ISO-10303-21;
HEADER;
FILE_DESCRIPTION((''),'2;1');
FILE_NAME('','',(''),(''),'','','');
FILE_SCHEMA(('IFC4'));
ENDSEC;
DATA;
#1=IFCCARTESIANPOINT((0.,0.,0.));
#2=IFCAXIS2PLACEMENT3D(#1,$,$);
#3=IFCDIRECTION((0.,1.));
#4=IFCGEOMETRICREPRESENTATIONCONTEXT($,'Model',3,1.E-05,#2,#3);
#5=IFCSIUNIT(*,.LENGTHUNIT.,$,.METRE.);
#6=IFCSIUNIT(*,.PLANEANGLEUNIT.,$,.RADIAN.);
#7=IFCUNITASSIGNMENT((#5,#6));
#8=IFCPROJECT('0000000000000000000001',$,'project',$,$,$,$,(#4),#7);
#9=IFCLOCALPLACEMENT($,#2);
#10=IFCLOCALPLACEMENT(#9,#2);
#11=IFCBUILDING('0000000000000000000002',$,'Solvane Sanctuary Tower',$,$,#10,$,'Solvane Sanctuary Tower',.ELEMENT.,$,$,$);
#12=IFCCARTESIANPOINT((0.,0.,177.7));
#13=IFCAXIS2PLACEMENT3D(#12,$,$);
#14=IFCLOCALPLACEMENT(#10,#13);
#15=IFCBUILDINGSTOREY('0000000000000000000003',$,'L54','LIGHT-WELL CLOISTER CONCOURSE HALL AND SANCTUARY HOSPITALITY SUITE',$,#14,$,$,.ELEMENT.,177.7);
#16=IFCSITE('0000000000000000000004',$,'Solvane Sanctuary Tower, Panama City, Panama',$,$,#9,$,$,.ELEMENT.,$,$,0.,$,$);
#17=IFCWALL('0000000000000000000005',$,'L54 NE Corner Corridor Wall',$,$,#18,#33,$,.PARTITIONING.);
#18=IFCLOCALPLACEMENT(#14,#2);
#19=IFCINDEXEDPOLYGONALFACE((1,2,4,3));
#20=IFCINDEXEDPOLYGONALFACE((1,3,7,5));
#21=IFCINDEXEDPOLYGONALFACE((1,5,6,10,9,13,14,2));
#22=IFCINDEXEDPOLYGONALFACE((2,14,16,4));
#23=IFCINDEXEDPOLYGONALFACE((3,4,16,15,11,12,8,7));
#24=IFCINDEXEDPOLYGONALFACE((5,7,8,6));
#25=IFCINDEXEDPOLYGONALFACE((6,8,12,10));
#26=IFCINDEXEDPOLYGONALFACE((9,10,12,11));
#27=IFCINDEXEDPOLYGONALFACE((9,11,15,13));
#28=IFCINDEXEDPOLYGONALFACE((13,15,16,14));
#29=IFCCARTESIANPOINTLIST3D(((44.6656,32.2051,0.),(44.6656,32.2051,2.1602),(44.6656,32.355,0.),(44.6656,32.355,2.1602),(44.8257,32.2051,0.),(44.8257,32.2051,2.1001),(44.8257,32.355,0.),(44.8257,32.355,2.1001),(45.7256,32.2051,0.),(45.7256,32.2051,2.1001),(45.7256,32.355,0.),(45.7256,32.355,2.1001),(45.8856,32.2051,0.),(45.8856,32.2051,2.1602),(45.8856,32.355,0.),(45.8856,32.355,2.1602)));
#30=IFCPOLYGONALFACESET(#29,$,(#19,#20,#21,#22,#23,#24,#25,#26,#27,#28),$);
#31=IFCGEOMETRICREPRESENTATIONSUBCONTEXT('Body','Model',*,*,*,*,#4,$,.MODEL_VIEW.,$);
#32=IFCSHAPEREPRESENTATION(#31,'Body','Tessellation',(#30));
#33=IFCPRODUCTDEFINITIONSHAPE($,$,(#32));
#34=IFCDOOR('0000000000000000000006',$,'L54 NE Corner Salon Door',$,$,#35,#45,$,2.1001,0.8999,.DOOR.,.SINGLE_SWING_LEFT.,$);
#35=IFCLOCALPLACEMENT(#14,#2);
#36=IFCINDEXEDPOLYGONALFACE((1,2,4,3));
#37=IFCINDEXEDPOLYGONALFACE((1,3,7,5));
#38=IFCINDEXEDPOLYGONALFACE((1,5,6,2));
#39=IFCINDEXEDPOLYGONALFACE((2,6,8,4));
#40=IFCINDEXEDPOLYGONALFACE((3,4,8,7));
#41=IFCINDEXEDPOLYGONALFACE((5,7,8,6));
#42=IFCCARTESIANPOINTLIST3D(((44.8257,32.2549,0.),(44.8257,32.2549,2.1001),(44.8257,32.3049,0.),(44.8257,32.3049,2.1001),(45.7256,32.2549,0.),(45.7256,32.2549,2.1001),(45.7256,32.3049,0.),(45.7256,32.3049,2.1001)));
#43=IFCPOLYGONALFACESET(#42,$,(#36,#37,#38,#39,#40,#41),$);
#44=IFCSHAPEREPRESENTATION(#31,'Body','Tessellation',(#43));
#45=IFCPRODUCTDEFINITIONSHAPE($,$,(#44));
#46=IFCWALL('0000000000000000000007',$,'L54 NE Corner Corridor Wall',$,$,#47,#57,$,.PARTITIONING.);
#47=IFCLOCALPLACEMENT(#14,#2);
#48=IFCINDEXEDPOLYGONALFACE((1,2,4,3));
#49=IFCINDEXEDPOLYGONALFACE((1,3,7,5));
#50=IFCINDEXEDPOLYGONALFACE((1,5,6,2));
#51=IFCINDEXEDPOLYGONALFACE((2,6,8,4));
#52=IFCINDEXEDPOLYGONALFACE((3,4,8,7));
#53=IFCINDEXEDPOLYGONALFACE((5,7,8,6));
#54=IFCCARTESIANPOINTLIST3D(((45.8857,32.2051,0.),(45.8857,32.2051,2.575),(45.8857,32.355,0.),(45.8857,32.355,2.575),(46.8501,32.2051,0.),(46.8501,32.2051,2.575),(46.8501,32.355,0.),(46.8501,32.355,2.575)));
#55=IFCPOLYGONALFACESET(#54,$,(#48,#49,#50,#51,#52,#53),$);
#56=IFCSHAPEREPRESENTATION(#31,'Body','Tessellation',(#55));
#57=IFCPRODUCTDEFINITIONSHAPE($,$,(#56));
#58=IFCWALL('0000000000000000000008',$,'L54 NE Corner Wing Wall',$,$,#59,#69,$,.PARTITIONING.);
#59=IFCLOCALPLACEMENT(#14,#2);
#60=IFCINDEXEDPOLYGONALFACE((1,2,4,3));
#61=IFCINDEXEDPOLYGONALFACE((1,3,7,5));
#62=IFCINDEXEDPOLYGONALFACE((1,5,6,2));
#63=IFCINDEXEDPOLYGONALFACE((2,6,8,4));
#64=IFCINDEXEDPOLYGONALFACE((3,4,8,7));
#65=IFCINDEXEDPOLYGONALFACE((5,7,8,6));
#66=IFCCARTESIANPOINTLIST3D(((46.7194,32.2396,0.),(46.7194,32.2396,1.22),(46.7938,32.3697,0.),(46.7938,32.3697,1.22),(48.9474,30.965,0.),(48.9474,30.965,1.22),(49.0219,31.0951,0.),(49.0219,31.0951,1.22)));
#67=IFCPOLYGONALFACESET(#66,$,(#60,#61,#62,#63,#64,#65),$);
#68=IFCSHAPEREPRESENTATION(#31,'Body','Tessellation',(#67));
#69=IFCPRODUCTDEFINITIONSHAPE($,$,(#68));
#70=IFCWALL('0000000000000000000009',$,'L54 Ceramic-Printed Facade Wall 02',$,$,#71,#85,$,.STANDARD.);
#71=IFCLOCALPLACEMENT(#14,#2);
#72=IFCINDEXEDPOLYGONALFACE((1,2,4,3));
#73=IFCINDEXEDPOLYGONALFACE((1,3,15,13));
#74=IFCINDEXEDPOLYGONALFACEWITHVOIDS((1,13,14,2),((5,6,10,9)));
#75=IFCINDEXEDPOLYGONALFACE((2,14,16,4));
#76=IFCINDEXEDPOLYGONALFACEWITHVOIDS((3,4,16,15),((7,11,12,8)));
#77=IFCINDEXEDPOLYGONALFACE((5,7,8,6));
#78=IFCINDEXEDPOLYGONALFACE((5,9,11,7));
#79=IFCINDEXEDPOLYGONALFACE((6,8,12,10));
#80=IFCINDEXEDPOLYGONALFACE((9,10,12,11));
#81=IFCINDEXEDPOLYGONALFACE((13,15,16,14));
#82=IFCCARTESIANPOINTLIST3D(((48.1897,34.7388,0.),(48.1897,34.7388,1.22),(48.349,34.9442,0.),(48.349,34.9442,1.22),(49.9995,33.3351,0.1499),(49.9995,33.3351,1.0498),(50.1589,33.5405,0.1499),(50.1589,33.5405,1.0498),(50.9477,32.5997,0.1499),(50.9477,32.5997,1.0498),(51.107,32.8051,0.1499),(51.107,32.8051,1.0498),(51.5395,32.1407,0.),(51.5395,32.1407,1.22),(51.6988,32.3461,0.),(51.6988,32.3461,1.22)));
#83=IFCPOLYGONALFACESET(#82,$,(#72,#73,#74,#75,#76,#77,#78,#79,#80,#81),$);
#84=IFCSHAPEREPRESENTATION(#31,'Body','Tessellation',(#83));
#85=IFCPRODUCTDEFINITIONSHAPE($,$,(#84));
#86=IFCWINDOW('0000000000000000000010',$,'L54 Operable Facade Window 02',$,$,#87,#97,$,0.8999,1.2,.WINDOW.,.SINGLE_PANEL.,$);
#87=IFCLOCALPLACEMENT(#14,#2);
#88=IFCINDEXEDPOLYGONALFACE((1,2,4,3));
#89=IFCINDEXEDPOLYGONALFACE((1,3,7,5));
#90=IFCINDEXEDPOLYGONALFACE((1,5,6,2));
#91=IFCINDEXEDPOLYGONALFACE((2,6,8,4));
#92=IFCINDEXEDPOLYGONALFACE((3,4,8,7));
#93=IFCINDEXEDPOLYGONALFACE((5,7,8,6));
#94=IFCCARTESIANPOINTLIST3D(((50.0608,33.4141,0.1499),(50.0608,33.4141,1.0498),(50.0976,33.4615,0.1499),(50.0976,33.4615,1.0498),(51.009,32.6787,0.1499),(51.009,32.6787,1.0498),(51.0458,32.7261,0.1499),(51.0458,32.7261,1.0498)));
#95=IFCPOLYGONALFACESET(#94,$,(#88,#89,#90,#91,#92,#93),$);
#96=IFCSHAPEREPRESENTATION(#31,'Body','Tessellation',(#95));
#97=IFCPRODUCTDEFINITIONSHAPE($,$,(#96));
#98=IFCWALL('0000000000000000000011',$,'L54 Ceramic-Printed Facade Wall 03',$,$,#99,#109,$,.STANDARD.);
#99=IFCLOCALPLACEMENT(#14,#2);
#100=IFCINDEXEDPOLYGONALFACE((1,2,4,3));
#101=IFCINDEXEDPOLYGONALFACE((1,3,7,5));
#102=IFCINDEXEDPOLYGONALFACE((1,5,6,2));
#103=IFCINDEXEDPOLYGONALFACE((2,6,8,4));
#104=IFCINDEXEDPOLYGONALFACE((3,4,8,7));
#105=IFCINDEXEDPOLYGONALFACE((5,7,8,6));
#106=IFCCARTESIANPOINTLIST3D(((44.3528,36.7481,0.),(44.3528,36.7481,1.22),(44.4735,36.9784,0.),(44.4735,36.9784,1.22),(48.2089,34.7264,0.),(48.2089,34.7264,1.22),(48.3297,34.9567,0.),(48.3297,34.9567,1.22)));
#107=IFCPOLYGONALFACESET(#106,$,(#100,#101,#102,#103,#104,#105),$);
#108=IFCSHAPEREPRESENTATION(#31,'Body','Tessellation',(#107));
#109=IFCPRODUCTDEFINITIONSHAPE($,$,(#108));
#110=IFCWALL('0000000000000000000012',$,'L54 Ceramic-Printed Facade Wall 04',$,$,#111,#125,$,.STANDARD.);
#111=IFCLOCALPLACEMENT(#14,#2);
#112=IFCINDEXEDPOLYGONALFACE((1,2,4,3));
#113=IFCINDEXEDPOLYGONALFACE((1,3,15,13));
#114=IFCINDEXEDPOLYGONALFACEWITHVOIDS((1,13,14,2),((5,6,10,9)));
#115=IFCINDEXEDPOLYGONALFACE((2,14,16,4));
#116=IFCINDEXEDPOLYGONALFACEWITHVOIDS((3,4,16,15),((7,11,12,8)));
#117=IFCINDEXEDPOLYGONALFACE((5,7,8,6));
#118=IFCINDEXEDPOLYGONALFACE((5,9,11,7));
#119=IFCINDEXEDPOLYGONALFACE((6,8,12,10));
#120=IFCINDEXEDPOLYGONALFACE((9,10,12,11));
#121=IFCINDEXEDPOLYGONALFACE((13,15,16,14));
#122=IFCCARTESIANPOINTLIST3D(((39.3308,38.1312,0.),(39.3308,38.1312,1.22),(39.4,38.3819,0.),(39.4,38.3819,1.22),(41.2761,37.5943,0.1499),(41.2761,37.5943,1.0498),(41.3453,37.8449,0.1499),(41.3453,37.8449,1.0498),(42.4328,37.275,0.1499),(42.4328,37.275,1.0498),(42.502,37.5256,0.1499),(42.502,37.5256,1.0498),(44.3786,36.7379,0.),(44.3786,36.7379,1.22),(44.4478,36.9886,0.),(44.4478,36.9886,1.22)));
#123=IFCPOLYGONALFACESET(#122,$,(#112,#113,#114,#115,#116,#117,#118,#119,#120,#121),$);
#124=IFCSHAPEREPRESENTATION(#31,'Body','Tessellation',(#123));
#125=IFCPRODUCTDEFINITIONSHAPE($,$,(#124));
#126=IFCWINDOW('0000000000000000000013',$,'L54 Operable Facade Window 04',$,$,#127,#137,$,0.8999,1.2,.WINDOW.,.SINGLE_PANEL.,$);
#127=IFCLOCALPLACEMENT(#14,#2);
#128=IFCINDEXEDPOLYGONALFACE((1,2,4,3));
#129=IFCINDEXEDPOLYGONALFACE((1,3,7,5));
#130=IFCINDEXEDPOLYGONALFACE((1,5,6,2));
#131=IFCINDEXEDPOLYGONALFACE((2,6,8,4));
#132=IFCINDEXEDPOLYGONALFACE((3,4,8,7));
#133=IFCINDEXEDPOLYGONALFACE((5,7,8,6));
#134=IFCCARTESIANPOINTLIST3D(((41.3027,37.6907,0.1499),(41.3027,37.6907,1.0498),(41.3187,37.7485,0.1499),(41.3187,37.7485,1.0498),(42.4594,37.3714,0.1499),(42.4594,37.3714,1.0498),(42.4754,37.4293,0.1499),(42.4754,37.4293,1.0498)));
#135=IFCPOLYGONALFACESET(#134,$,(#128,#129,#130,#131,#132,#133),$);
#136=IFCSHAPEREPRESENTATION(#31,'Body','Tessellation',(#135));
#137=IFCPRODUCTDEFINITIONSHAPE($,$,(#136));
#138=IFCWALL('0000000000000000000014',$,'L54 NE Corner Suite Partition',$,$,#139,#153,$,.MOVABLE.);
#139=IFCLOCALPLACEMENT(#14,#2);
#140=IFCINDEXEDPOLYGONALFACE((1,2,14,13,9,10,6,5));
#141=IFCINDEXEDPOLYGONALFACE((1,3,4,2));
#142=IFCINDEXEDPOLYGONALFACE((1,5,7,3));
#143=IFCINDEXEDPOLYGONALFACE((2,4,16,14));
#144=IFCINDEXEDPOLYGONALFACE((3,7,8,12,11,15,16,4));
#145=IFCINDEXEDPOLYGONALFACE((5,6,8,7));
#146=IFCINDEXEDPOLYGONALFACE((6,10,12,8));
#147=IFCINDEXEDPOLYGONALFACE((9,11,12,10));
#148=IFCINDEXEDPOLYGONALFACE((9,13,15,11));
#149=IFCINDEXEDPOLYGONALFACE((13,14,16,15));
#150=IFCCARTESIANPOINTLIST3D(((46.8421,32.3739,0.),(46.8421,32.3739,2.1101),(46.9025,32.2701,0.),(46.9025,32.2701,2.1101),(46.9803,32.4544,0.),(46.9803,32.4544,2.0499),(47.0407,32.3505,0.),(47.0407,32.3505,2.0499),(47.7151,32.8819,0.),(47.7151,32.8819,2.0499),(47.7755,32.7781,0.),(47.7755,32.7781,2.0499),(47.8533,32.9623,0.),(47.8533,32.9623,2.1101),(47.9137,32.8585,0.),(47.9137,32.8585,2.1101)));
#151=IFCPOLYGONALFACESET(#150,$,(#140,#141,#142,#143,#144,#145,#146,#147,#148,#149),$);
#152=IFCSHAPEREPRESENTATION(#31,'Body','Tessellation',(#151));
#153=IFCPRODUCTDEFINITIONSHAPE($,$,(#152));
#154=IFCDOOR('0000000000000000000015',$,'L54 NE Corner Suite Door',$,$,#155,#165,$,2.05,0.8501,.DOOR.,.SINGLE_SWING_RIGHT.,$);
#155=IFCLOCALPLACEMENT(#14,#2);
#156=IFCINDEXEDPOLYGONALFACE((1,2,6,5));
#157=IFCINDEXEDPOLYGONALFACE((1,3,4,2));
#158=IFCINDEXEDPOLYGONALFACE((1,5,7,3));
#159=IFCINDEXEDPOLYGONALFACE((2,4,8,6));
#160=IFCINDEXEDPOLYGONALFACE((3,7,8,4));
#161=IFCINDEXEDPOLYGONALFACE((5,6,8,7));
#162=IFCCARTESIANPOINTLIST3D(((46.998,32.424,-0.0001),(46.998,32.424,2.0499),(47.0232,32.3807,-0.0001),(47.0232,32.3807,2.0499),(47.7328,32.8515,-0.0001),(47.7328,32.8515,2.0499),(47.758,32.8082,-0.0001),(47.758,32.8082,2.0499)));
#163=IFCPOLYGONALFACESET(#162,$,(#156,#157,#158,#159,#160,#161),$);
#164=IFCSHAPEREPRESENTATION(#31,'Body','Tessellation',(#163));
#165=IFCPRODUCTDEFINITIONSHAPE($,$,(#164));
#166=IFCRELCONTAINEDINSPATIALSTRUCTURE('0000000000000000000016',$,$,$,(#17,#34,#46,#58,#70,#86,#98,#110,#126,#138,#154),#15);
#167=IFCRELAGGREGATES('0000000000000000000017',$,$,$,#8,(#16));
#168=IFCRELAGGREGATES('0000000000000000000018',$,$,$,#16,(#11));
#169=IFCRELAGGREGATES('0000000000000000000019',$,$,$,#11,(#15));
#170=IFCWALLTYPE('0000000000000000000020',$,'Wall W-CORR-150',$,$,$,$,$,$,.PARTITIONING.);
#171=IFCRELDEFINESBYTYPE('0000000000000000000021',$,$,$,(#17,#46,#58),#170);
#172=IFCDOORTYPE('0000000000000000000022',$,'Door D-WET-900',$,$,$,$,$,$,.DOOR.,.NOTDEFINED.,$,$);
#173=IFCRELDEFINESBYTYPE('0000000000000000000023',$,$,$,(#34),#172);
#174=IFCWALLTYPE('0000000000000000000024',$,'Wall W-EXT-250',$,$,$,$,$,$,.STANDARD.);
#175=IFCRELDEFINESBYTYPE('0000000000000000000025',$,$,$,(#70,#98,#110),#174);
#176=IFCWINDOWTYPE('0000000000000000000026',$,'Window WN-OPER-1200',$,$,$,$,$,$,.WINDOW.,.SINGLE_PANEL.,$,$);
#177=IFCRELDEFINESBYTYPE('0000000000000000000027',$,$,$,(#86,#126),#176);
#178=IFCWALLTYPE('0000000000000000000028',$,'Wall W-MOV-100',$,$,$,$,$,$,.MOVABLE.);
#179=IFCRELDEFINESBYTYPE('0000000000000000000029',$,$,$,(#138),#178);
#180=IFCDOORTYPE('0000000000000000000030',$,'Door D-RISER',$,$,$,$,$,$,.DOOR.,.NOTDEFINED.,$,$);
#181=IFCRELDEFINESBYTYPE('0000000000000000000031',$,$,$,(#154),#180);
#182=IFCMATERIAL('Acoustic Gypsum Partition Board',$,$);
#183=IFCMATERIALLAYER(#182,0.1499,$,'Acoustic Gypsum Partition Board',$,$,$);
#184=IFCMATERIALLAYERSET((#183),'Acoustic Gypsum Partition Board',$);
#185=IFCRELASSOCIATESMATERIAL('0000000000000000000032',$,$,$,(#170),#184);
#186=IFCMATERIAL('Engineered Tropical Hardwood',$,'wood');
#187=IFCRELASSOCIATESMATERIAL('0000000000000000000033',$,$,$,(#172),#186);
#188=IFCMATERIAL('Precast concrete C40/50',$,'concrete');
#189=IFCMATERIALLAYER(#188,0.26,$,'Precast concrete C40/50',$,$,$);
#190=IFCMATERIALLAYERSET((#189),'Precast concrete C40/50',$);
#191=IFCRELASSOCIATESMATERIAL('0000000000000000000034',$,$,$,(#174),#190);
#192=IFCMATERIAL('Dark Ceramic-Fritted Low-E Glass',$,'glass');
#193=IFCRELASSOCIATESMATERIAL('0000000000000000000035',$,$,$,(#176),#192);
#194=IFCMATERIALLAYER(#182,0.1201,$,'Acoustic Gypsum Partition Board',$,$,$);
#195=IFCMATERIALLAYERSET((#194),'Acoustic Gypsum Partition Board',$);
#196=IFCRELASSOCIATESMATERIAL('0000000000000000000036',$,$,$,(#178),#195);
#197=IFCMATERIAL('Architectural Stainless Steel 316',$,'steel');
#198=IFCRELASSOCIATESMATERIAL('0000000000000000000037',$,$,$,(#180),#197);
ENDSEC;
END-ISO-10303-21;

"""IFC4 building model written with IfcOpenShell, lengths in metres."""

from ifc_helpers import new_model, si_unit, direction, frame, frame_2d, origin, place, context, subcontext, project, spatial, rectangle, extrude, material, layer, layer_set, type_object, element, fill, save


model = new_model("IFC4")

# Units and contexts
model_context = context("Model", 3, precision=1e-05, world=origin(), true_north=direction((0.0, 1.0)))
body_context = subcontext(model_context, "Body", "Model", "MODEL_VIEW")
ifc_project = project(units=[si_unit("LENGTHUNIT", "METRE"), si_unit("PLANEANGLEUNIT", "RADIAN")], contexts=[model_context])

# Site, building, storey
site_placement = place(None, origin())
site = spatial("IfcSite", under=ifc_project, at=site_placement, Name="Solvane Sanctuary Tower, Panama City, Panama", CompositionType="ELEMENT", RefElevation=0.0)
building_placement = place(site_placement, origin())
building = spatial("IfcBuilding", under=site, at=building_placement, Name="Solvane Sanctuary Tower", LongName="Solvane Sanctuary Tower", CompositionType="ELEMENT")
storey_placement = place(building_placement, frame((0.0, 0.0, 177.7)))
storey = spatial("IfcBuildingStorey", under=building, at=storey_placement, Name="L54", Description="LIGHT-WELL CLOISTER CONCOURSE HALL AND SANCTUARY HOSPITALITY SUITE", CompositionType="ELEMENT", Elevation=177.7)

# Wall, opening, door
ifc_material_1 = material(Name="Acoustic Gypsum Partition Board")
ifc_layer_1 = layer(ifc_material_1, 0.1499, Name="Acoustic Gypsum Partition Board")
ifc_layer_set_1 = layer_set([ifc_layer_1], Name="Acoustic Gypsum Partition Board")
wall_type_1 = type_object("IfcWallType", Name="Wall W-CORR-150", PredefinedType="PARTITIONING", material=ifc_layer_set_1)
wall_1_placement = place(storey_placement, frame((44.6658, 32.28, 0.0), z_axis=(0.0, 0.0, 1.0), x_axis=(1.0, 0.0, 0.0)))
wall_1 = element("IfcWall", 1, at=wall_1_placement, inside=storey, type_object=wall_type_1, Name="L54 NE Corner Corridor Wall", PredefinedType="PARTITIONING", context=body_context, shape_type="SweptSolid", body=[
    extrude(rectangle(XDim=1.22, YDim=0.1499, at=frame_2d((0.6099, 0.0))), origin(), (0.0, 0.0, 1.0), 2.1602),
])
opening_1_placement = place(wall_1_placement, frame((0.1599, 0.0, 0.0)))
opening_1 = element("IfcOpeningElement", 2, at=opening_1_placement, cuts=wall_1, PredefinedType="OPENING", context=body_context, shape_type="SweptSolid", body=[
    extrude(rectangle(XDim=0.8999, YDim=2.1001, at=frame_2d((0.45, 1.05))), frame((0.0, 0.085, 0.0), z_axis=(0.0, -1.0, 0.0), x_axis=(1.0, 0.0, 0.0)), (0.0, 0.0, 1.0), 0.1699),
])
ifc_material_2 = material(Name="Engineered Tropical Hardwood", Category="wood")
door_type_1 = type_object("IfcDoorType", Name="Door D-WET-900", OperationType="NOTDEFINED", PredefinedType="DOOR", material=ifc_material_2)
door_1_placement = place(opening_1_placement, origin())
door_1 = element("IfcDoor", 3, at=door_1_placement, inside=storey, type_object=door_type_1, Name="L54 NE Corner Salon Door", OperationType="SINGLE_SWING_LEFT", OverallHeight=2.1001, OverallWidth=0.8999, PredefinedType="DOOR", context=body_context, shape_type="SweptSolid", body=[
    extrude(rectangle(XDim=0.8999, YDim=2.1001, at=frame_2d((0.45, 1.05))), frame((0.0, 0.0249, 0.0), z_axis=(0.0, -1.0, 0.0), x_axis=(1.0, 0.0, 0.0)), (0.0, 0.0, 1.0), 0.05),
])
fill(opening_1, door_1)

# Walls
wall_2_placement = place(storey_placement, frame((45.8857, 32.28, 0.0), z_axis=(0.0, 0.0, 1.0), x_axis=(1.0, 0.0, 0.0)))
element("IfcWall", 4, at=wall_2_placement, inside=storey, type_object=wall_type_1, Name="L54 NE Corner Corridor Wall", PredefinedType="PARTITIONING", context=body_context, shape_type="SweptSolid", body=[
    extrude(rectangle(XDim=0.9644, YDim=0.1499, at=frame_2d((0.4822, 0.0))), origin(), (0.0, 0.0, 1.0), 2.575),
])
wall_3_placement = place(storey_placement, frame((46.7566, 32.3047, 0.0), z_axis=(0.0, 0.0, 1.0), x_axis=(0.867991, -0.496579, 0.0)))
element("IfcWall", 5, at=wall_3_placement, inside=storey, type_object=wall_type_1, Name="L54 NE Corner Wing Wall", PredefinedType="PARTITIONING", context=body_context, shape_type="SweptSolid", body=[
    extrude(rectangle(XDim=2.5669, YDim=0.1499, at=frame_2d((1.2834, 0.0))), origin(), (0.0, 0.0, 1.0), 1.22),
])

# Wall, opening, window
ifc_material_3 = material(Name="Precast concrete C40/50", Category="concrete")
ifc_layer_2 = layer(ifc_material_3, 0.26, Name="Precast concrete C40/50")
ifc_layer_set_2 = layer_set([ifc_layer_2], Name="Precast concrete C40/50")
wall_type_2 = type_object("IfcWallType", Name="Wall W-EXT-250", PredefinedType="STANDARD", material=ifc_layer_set_2)
wall_4_placement = place(storey_placement, frame((51.6191, 32.2434, 0.0), z_axis=(0.0, 0.0, 1.0), x_axis=(-0.790186, 0.612868, 0.0)))
wall_4 = element("IfcWall", 6, at=wall_4_placement, inside=storey, type_object=wall_type_2, Name="L54 Ceramic-Printed Facade Wall 02", PredefinedType="STANDARD", context=body_context, shape_type="SweptSolid", body=[
    extrude(rectangle(XDim=4.2393, YDim=0.26, at=frame_2d((2.1196, 0.0))), origin(), (0.0, 0.0, 1.0), 1.22),
])
opening_2_placement = place(wall_4_placement, frame((0.7488, 0.0, 0.1499)))
opening_2 = element("IfcOpeningElement", 7, at=opening_2_placement, cuts=wall_4, PredefinedType="OPENING", context=body_context, shape_type="SweptSolid", body=[
    extrude(rectangle(XDim=1.2, YDim=0.8999, at=frame_2d((0.6001, 0.45))), frame((0.0, 0.1399, 0.0), z_axis=(0.0, -1.0, 0.0), x_axis=(1.0, 0.0, 0.0)), (0.0, 0.0, 1.0), 0.28),
])
ifc_material_4 = material(Name="Dark Ceramic-Fritted Low-E Glass", Category="glass")
window_type = type_object("IfcWindowType", Name="Window WN-OPER-1200", PartitioningType="SINGLE_PANEL", PredefinedType="WINDOW", material=ifc_material_4)
window_1_placement = place(opening_2_placement, origin())
window_1 = element("IfcWindow", 8, at=window_1_placement, inside=storey, type_object=window_type, Name="L54 Operable Facade Window 02", OverallHeight=0.8999, OverallWidth=1.2, PartitioningType="SINGLE_PANEL", PredefinedType="WINDOW", context=body_context, shape_type="SweptSolid", body=[
    extrude(rectangle(XDim=1.2, YDim=0.8999, at=frame_2d((0.6001, 0.45))), frame((0.0, 0.03, 0.0), z_axis=(0.0, -1.0, 0.0), x_axis=(1.0, 0.0, 0.0)), (0.0, 0.0, 1.0), 0.0601),
])
fill(opening_2, window_1)

# Wall
wall_5_placement = place(storey_placement, frame((48.2693, 34.8416, 0.0), z_axis=(0.0, 0.0, 1.0), x_axis=(-0.88566, 0.464334, 0.0)))
element("IfcWall", 9, at=wall_5_placement, inside=storey, type_object=wall_type_2, Name="L54 Ceramic-Printed Facade Wall 03", PredefinedType="STANDARD", context=body_context, shape_type="SweptSolid", body=[
    extrude(rectangle(XDim=4.354, YDim=0.26, at=frame_2d((2.177, 0.0))), origin(), (0.0, 0.0, 1.0), 1.22),
])

# Wall, opening, window
wall_6_placement = place(storey_placement, frame((44.4131, 36.8633, 0.0), z_axis=(0.0, 0.0, 1.0), x_axis=(-0.963953, 0.266071, 0.0)))
wall_6 = element("IfcWall", 10, at=wall_6_placement, inside=storey, type_object=wall_type_2, Name="L54 Ceramic-Printed Facade Wall 04", PredefinedType="STANDARD", context=body_context, shape_type="SweptSolid", body=[
    extrude(rectangle(XDim=5.2366, YDim=0.26, at=frame_2d((2.6182, 0.0))), origin(), (0.0, 0.0, 1.0), 1.22),
])
opening_3_placement = place(wall_6_placement, frame((2.0183, 0.0, 0.1499)))
opening_3 = element("IfcOpeningElement", 11, at=opening_3_placement, cuts=wall_6, PredefinedType="OPENING", context=body_context, shape_type="SweptSolid", body=[
    extrude(rectangle(XDim=1.2, YDim=0.8999, at=frame_2d((0.6001, 0.45))), frame((0.0, 0.1399, 0.0), z_axis=(0.0, -1.0, 0.0), x_axis=(1.0, 0.0, 0.0)), (0.0, 0.0, 1.0), 0.28),
])
window_2_placement = place(opening_3_placement, origin())
window_2 = element("IfcWindow", 12, at=window_2_placement, inside=storey, type_object=window_type, Name="L54 Operable Facade Window 04", OverallHeight=0.8999, OverallWidth=1.2, PartitioningType="SINGLE_PANEL", PredefinedType="WINDOW", context=body_context, shape_type="SweptSolid", body=[
    extrude(rectangle(XDim=1.2, YDim=0.8999, at=frame_2d((0.6001, 0.45))), frame((0.0, 0.03, 0.0), z_axis=(0.0, -1.0, 0.0), x_axis=(1.0, 0.0, 0.0)), (0.0, 0.0, 1.0), 0.0601),
])
fill(opening_3, window_2)

# Wall, opening, door
ifc_layer_3 = layer(ifc_material_1, 0.1201, Name="Acoustic Gypsum Partition Board")
ifc_layer_set_3 = layer_set([ifc_layer_3], Name="Acoustic Gypsum Partition Board")
wall_type_3 = type_object("IfcWallType", Name="Wall W-MOV-100", PredefinedType="MOVABLE", material=ifc_layer_set_3)
wall_7_placement = place(storey_placement, frame((46.8723, 32.322, 0.0), z_axis=(0.0, 0.0, 1.0), x_axis=(0.864338, 0.502911, 0.0)))
wall_7 = element("IfcWall", 13, at=wall_7_placement, inside=storey, type_object=wall_type_3, Name="L54 NE Corner Suite Partition", PredefinedType="MOVABLE", context=body_context, shape_type="SweptSolid", body=[
    extrude(rectangle(XDim=1.1699, YDim=0.1201, at=frame_2d((0.585, 0.0))), origin(), (0.0, 0.0, 1.0), 2.1101),
])
opening_4_placement = place(wall_7_placement, frame((0.1599, 0.0, 0.0)))
opening_4 = element("IfcOpeningElement", 14, at=opening_4_placement, cuts=wall_7, PredefinedType="OPENING", context=body_context, shape_type="SweptSolid", body=[
    extrude(rectangle(XDim=0.8501, YDim=2.05, at=frame_2d((0.425, 1.0249))), frame((0.0, 0.0701, 0.0), z_axis=(0.0, -1.0, 0.0), x_axis=(1.0, 0.0, 0.0)), (0.0, 0.0, 1.0), 0.1401),
])
ifc_material_5 = material(Name="Architectural Stainless Steel 316", Category="steel")
door_type_2 = type_object("IfcDoorType", Name="Door D-RISER", OperationType="NOTDEFINED", PredefinedType="DOOR", material=ifc_material_5)
door_2_placement = place(opening_4_placement, origin())
door_2 = element("IfcDoor", 15, at=door_2_placement, inside=storey, type_object=door_type_2, Name="L54 NE Corner Suite Door", OperationType="SINGLE_SWING_RIGHT", OverallHeight=2.05, OverallWidth=0.8501, PredefinedType="DOOR", context=body_context, shape_type="SweptSolid", body=[
    extrude(rectangle(XDim=0.8501, YDim=2.05, at=frame_2d((0.425, 1.0249))), frame((0.0, 0.0249, 0.0), z_axis=(0.0, -1.0, 0.0), x_axis=(1.0, 0.0, 0.0)), (0.0, 0.0, 1.0), 0.05),
])
fill(opening_4, door_2)

save(model, "model.ifc")
